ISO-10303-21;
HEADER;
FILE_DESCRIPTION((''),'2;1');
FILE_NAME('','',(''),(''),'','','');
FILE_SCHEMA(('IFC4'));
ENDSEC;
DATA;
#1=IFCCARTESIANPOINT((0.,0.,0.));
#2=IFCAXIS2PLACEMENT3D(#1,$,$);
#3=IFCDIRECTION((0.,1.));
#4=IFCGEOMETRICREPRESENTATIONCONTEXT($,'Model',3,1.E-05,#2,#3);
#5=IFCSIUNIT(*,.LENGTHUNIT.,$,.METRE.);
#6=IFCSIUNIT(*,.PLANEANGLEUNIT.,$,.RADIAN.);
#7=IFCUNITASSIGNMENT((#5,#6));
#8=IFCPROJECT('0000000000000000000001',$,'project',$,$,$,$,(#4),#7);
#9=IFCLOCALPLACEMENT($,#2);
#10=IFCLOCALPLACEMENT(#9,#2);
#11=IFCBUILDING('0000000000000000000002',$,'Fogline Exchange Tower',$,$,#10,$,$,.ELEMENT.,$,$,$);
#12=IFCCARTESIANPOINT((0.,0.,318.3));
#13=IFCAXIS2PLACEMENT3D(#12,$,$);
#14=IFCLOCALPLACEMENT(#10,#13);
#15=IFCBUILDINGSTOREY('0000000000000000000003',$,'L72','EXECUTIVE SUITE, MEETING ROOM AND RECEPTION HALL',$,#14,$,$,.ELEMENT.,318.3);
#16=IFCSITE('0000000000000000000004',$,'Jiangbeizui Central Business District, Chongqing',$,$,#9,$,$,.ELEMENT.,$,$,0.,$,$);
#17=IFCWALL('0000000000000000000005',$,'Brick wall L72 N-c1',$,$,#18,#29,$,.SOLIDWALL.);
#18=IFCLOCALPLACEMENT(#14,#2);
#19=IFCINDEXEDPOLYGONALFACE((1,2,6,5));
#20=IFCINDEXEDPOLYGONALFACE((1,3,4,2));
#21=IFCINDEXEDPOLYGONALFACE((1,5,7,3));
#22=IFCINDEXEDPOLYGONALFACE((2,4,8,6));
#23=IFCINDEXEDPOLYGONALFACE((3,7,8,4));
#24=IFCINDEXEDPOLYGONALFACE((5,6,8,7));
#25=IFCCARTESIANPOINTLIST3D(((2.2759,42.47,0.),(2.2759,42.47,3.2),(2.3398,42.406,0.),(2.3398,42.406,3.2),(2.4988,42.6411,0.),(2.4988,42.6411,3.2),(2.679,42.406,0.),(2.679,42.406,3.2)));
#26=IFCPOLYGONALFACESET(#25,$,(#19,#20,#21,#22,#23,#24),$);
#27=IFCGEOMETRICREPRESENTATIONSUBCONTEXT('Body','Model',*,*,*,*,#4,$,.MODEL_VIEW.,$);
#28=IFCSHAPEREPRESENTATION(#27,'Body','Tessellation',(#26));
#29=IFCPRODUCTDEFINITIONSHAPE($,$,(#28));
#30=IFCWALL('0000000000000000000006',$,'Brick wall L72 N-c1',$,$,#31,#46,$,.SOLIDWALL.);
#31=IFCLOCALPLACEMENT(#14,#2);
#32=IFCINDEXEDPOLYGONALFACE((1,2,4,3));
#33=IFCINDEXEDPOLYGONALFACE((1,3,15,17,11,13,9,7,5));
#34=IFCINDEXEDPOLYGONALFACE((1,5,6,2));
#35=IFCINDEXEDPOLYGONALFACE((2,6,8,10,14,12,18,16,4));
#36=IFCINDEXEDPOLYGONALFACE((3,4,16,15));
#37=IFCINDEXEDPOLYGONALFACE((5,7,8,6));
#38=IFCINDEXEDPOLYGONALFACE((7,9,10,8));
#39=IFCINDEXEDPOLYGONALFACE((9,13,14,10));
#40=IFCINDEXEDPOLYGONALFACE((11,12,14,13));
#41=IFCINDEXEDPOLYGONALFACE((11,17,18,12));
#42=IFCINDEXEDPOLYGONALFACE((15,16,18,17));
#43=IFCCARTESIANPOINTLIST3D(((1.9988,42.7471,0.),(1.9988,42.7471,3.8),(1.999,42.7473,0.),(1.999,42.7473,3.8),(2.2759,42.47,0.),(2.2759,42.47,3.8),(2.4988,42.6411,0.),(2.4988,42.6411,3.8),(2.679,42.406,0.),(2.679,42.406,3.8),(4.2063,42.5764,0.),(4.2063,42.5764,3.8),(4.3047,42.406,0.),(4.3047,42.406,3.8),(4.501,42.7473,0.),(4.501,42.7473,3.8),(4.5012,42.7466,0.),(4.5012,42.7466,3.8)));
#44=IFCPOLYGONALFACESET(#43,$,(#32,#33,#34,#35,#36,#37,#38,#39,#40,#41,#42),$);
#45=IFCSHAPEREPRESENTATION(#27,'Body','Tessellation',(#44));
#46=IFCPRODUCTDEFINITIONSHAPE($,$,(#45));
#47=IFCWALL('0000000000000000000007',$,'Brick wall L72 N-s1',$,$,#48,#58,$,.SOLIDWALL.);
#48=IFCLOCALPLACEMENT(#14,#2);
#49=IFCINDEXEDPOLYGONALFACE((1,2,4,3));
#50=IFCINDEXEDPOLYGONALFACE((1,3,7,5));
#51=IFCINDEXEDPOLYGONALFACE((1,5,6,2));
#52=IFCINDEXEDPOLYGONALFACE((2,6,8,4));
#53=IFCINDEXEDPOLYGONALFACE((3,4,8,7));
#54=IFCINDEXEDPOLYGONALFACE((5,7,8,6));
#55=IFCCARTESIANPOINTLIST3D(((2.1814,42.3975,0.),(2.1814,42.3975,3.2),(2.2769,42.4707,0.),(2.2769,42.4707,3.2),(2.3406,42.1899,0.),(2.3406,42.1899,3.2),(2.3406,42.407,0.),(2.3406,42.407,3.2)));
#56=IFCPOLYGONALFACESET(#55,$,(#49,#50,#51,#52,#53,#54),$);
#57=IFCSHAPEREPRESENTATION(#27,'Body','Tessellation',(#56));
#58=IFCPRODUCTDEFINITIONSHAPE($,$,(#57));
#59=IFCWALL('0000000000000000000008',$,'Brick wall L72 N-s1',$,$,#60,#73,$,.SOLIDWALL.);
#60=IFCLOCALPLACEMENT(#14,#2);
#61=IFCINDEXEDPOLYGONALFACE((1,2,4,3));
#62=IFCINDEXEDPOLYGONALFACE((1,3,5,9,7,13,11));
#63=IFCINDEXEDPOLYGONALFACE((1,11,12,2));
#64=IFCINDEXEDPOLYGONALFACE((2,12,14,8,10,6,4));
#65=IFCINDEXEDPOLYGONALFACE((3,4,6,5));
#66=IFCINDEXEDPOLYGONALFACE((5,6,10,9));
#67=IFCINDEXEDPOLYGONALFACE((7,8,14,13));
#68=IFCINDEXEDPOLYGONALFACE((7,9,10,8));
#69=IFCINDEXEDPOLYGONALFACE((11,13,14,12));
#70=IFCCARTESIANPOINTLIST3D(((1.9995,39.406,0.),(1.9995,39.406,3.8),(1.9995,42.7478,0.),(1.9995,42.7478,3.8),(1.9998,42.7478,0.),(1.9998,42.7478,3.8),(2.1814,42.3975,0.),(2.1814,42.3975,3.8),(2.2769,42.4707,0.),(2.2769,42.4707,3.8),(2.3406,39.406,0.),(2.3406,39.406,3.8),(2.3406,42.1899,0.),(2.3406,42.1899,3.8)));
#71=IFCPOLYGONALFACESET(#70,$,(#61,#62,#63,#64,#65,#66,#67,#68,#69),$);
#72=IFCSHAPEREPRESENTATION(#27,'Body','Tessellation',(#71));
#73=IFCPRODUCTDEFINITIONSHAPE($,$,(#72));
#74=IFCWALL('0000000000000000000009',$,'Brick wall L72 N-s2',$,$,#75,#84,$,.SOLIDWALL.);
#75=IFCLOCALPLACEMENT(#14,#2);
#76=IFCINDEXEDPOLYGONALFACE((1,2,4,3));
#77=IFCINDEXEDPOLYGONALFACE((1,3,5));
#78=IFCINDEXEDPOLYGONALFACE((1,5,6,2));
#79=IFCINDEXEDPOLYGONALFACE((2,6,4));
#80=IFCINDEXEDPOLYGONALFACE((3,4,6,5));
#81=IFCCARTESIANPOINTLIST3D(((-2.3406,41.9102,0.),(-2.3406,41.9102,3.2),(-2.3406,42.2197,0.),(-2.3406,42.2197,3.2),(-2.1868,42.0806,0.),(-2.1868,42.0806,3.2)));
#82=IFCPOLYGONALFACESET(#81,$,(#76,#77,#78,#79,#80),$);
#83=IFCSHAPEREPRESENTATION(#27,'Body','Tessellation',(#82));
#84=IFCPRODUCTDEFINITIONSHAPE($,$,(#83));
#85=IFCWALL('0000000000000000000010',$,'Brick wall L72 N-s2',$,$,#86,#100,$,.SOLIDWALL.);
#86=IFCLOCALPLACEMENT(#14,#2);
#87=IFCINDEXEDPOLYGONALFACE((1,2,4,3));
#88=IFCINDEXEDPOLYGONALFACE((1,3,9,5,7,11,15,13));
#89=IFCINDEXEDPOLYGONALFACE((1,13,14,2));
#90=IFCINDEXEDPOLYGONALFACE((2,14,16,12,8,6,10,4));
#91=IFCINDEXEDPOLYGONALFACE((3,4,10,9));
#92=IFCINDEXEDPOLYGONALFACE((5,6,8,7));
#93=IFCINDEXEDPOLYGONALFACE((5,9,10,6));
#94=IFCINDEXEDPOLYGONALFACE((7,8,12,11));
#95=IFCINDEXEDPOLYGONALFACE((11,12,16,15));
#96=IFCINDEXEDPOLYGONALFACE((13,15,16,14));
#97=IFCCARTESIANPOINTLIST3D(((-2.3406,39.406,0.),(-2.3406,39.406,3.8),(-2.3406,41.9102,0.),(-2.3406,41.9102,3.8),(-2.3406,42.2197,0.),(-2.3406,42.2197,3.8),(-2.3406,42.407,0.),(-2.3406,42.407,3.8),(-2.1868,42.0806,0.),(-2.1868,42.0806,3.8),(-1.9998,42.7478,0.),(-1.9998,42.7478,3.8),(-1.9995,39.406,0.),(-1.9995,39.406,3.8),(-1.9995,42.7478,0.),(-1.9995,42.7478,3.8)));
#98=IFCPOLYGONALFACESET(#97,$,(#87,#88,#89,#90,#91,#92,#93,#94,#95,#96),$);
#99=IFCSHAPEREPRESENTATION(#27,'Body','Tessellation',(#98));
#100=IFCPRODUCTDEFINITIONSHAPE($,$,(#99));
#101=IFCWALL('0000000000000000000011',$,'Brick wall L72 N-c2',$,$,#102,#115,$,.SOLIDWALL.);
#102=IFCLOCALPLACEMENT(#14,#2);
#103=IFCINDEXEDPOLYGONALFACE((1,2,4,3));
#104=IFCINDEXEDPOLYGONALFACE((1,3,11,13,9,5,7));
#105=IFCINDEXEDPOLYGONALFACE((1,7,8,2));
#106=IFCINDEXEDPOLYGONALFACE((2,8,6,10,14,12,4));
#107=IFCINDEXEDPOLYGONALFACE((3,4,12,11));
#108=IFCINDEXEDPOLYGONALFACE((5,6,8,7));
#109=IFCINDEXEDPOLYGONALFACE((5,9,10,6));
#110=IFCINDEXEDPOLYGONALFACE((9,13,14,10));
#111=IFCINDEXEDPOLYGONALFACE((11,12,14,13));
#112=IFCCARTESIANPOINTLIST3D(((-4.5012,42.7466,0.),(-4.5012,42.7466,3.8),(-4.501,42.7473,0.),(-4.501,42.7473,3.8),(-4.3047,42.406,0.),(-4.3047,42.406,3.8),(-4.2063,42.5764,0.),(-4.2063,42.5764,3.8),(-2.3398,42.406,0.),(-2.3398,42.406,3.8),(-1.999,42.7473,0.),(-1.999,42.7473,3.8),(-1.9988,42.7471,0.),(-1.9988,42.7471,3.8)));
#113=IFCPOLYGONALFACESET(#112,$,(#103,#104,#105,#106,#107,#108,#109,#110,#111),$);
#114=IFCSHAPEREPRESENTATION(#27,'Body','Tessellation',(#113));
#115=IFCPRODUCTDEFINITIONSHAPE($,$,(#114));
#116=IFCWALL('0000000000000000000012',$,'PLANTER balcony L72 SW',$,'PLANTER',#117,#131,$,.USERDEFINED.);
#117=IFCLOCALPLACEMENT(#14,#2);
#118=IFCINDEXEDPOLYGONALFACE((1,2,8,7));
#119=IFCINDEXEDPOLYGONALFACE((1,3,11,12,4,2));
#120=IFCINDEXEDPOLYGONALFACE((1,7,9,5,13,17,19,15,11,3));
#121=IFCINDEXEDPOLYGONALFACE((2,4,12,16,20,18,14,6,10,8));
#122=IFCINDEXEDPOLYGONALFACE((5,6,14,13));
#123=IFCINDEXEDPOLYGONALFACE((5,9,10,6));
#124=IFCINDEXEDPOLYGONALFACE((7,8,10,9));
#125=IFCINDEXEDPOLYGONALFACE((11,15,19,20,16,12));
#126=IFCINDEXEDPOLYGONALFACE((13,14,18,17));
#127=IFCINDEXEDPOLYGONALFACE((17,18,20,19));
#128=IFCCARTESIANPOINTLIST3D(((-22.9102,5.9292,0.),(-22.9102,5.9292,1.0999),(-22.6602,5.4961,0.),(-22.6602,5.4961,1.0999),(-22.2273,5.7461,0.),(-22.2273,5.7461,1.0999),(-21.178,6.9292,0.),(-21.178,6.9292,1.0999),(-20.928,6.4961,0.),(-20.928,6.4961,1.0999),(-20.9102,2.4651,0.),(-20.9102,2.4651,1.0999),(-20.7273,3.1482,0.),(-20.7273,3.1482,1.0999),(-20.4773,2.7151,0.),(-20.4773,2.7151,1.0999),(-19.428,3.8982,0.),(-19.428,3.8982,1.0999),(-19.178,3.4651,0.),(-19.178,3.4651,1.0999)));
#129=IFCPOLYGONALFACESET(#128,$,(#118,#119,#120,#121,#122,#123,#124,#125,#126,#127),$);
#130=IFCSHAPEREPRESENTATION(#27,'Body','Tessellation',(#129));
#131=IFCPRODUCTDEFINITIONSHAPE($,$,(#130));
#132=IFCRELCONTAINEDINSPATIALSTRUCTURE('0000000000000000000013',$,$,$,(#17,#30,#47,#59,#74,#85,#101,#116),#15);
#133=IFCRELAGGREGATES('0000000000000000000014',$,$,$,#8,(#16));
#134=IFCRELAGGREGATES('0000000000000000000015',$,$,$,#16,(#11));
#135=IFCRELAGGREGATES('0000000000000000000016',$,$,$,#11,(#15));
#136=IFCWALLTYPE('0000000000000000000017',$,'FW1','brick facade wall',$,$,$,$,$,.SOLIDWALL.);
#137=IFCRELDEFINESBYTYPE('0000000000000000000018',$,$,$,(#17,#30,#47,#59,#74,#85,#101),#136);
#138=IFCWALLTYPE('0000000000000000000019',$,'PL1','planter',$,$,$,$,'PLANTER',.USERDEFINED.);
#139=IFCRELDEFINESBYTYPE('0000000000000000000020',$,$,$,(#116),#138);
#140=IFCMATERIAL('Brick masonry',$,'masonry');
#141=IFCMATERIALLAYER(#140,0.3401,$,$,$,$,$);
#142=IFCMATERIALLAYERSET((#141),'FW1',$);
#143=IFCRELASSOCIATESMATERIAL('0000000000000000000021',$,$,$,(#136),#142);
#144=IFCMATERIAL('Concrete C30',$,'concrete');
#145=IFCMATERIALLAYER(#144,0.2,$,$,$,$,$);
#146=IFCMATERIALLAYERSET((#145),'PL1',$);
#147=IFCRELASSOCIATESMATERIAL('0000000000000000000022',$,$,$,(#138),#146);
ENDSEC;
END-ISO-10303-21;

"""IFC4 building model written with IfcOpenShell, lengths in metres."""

from ifc_helpers import new_model, si_unit, direction, frame, origin, place, context, subcontext, project, spatial, polyline, outline, extrude, material, layer, layer_set, type_object, element, save


model = new_model("IFC4")

# Units and contexts
model_context = context("Model", 3, precision=1e-05, world=origin(), true_north=direction((0.0, 1.0)))
body_context = subcontext(model_context, "Body", "Model", "MODEL_VIEW")
ifc_project = project(units=[si_unit("LENGTHUNIT", "METRE"), si_unit("PLANEANGLEUNIT", "RADIAN")], contexts=[model_context])

# Site, building, storey
site_placement = place(None, origin())
site = spatial("IfcSite", under=ifc_project, at=site_placement, Name="Jiangbeizui Central Business District, Chongqing", CompositionType="ELEMENT", RefElevation=0.0)
building_placement = place(site_placement, origin())
building = spatial("IfcBuilding", under=site, at=building_placement, Name="Fogline Exchange Tower", CompositionType="ELEMENT")
storey_placement = place(building_placement, frame((0.0, 0.0, 318.3)))
storey = spatial("IfcBuildingStorey", under=building, at=storey_placement, Name="L72", Description="EXECUTIVE SUITE, MEETING ROOM AND RECEPTION HALL", CompositionType="ELEMENT", Elevation=318.3)

# Walls
ifc_material_1 = material(Name="Brick masonry", Category="masonry")
ifc_layer_1 = layer(ifc_material_1, 0.3401)
ifc_layer_set_1 = layer_set([ifc_layer_1], Name="FW1")
wall_type_1 = type_object("IfcWallType", Name="FW1", Description="brick facade wall", PredefinedType="SOLIDWALL", material=ifc_layer_set_1)
wall_1_placement = place(storey_placement, origin())
element("IfcWall", 1, at=wall_1_placement, inside=storey, type_object=wall_type_1, Name="Brick wall L72 N-c1", PredefinedType="SOLIDWALL", context=body_context, shape_type="SweptSolid", body=[
    extrude(outline(polyline([(2.3398, 42.406), (2.2759, 42.47), (2.4988, 42.6411), (2.679, 42.406), (2.3398, 42.406)])), origin(), (0.0, 0.0, 1.0), 3.2),
])
wall_2_placement = place(storey_placement, origin())
element("IfcWall", 2, at=wall_2_placement, inside=storey, type_object=wall_type_1, Name="Brick wall L72 N-c1", PredefinedType="SOLIDWALL", context=body_context, shape_type="SweptSolid", body=[
    extrude(outline(polyline([(4.501, 42.7473), (4.5012, 42.7466), (4.2063, 42.5764), (4.3047, 42.406), (2.679, 42.406), (2.4988, 42.6411), (2.2759, 42.47), (1.9988, 42.7471), (1.999, 42.7473), (4.501, 42.7473)])), origin(), (0.0, 0.0, 1.0), 3.8),
])
wall_3_placement = place(storey_placement, origin())
element("IfcWall", 3, at=wall_3_placement, inside=storey, type_object=wall_type_1, Name="Brick wall L72 N-s1", PredefinedType="SOLIDWALL", context=body_context, shape_type="SweptSolid", body=[
    extrude(outline(polyline([(2.3406, 42.407), (2.3406, 42.1899), (2.1814, 42.3975), (2.2769, 42.4707), (2.3406, 42.407)])), origin(), (0.0, 0.0, 1.0), 3.2),
])
wall_4_placement = place(storey_placement, origin())
element("IfcWall", 4, at=wall_4_placement, inside=storey, type_object=wall_type_1, Name="Brick wall L72 N-s1", PredefinedType="SOLIDWALL", context=body_context, shape_type="SweptSolid", body=[
    extrude(outline(polyline([(1.9995, 39.406), (1.9995, 42.7478), (1.9998, 42.7478), (2.2769, 42.4707), (2.1814, 42.3975), (2.3406, 42.1899), (2.3406, 39.406), (1.9995, 39.406)])), origin(), (0.0, 0.0, 1.0), 3.8),
])
wall_5_placement = place(storey_placement, origin())
element("IfcWall", 5, at=wall_5_placement, inside=storey, type_object=wall_type_1, Name="Brick wall L72 N-s2", PredefinedType="SOLIDWALL", context=body_context, shape_type="SweptSolid", body=[
    extrude(outline(polyline([(-2.3406, 42.2197), (-2.1868, 42.0806), (-2.3406, 41.9102), (-2.3406, 42.2197)])), origin(), (0.0, 0.0, 1.0), 3.2),
])
wall_6_placement = place(storey_placement, origin())
element("IfcWall", 6, at=wall_6_placement, inside=storey, type_object=wall_type_1, Name="Brick wall L72 N-s2", PredefinedType="SOLIDWALL", context=body_context, shape_type="SweptSolid", body=[
    extrude(outline(polyline([(-1.9995, 39.406), (-2.3406, 39.406), (-2.3406, 41.9102), (-2.1868, 42.0806), (-2.3406, 42.2197), (-2.3406, 42.407), (-1.9998, 42.7478), (-1.9995, 42.7478), (-1.9995, 39.406)])), origin(), (0.0, 0.0, 1.0), 3.8),
])
wall_7_placement = place(storey_placement, origin())
element("IfcWall", 7, at=wall_7_placement, inside=storey, type_object=wall_type_1, Name="Brick wall L72 N-c2", PredefinedType="SOLIDWALL", context=body_context, shape_type="SweptSolid", body=[
    extrude(outline(polyline([(-4.3047, 42.406), (-4.2063, 42.5764), (-4.5012, 42.7466), (-4.501, 42.7473), (-1.999, 42.7473), (-1.9988, 42.7471), (-2.3398, 42.406), (-4.3047, 42.406)])), origin(), (0.0, 0.0, 1.0), 3.8),
])
ifc_material_2 = material(Name="Concrete C30", Category="concrete")
ifc_layer_2 = layer(ifc_material_2, 0.2)
ifc_layer_set_2 = layer_set([ifc_layer_2], Name="PL1")
wall_type_2 = type_object("IfcWallType", Name="PL1", Description="planter", ElementType="PLANTER", PredefinedType="USERDEFINED", material=ifc_layer_set_2)
wall_8_placement = place(storey_placement, origin())
element("IfcWall", 8, at=wall_8_placement, inside=storey, type_object=wall_type_2, Name="PLANTER balcony L72 SW", ObjectType="PLANTER", PredefinedType="USERDEFINED", context=body_context, shape_type="SweptSolid", body=[
    extrude(outline(polyline([(-19.428, 3.8982), (-20.7273, 3.1482), (-22.2273, 5.7461), (-20.928, 6.4961), (-21.178, 6.9292), (-22.9102, 5.9292), (-22.6602, 5.4961), (-20.9102, 2.4651), (-20.4773, 2.7151), (-20.4773, 2.7151), (-19.178, 3.4651), (-19.428, 3.8982)])), origin(), (0.0, 0.0, 1.0), 1.0999),
])

save(model, "model.ifc")
